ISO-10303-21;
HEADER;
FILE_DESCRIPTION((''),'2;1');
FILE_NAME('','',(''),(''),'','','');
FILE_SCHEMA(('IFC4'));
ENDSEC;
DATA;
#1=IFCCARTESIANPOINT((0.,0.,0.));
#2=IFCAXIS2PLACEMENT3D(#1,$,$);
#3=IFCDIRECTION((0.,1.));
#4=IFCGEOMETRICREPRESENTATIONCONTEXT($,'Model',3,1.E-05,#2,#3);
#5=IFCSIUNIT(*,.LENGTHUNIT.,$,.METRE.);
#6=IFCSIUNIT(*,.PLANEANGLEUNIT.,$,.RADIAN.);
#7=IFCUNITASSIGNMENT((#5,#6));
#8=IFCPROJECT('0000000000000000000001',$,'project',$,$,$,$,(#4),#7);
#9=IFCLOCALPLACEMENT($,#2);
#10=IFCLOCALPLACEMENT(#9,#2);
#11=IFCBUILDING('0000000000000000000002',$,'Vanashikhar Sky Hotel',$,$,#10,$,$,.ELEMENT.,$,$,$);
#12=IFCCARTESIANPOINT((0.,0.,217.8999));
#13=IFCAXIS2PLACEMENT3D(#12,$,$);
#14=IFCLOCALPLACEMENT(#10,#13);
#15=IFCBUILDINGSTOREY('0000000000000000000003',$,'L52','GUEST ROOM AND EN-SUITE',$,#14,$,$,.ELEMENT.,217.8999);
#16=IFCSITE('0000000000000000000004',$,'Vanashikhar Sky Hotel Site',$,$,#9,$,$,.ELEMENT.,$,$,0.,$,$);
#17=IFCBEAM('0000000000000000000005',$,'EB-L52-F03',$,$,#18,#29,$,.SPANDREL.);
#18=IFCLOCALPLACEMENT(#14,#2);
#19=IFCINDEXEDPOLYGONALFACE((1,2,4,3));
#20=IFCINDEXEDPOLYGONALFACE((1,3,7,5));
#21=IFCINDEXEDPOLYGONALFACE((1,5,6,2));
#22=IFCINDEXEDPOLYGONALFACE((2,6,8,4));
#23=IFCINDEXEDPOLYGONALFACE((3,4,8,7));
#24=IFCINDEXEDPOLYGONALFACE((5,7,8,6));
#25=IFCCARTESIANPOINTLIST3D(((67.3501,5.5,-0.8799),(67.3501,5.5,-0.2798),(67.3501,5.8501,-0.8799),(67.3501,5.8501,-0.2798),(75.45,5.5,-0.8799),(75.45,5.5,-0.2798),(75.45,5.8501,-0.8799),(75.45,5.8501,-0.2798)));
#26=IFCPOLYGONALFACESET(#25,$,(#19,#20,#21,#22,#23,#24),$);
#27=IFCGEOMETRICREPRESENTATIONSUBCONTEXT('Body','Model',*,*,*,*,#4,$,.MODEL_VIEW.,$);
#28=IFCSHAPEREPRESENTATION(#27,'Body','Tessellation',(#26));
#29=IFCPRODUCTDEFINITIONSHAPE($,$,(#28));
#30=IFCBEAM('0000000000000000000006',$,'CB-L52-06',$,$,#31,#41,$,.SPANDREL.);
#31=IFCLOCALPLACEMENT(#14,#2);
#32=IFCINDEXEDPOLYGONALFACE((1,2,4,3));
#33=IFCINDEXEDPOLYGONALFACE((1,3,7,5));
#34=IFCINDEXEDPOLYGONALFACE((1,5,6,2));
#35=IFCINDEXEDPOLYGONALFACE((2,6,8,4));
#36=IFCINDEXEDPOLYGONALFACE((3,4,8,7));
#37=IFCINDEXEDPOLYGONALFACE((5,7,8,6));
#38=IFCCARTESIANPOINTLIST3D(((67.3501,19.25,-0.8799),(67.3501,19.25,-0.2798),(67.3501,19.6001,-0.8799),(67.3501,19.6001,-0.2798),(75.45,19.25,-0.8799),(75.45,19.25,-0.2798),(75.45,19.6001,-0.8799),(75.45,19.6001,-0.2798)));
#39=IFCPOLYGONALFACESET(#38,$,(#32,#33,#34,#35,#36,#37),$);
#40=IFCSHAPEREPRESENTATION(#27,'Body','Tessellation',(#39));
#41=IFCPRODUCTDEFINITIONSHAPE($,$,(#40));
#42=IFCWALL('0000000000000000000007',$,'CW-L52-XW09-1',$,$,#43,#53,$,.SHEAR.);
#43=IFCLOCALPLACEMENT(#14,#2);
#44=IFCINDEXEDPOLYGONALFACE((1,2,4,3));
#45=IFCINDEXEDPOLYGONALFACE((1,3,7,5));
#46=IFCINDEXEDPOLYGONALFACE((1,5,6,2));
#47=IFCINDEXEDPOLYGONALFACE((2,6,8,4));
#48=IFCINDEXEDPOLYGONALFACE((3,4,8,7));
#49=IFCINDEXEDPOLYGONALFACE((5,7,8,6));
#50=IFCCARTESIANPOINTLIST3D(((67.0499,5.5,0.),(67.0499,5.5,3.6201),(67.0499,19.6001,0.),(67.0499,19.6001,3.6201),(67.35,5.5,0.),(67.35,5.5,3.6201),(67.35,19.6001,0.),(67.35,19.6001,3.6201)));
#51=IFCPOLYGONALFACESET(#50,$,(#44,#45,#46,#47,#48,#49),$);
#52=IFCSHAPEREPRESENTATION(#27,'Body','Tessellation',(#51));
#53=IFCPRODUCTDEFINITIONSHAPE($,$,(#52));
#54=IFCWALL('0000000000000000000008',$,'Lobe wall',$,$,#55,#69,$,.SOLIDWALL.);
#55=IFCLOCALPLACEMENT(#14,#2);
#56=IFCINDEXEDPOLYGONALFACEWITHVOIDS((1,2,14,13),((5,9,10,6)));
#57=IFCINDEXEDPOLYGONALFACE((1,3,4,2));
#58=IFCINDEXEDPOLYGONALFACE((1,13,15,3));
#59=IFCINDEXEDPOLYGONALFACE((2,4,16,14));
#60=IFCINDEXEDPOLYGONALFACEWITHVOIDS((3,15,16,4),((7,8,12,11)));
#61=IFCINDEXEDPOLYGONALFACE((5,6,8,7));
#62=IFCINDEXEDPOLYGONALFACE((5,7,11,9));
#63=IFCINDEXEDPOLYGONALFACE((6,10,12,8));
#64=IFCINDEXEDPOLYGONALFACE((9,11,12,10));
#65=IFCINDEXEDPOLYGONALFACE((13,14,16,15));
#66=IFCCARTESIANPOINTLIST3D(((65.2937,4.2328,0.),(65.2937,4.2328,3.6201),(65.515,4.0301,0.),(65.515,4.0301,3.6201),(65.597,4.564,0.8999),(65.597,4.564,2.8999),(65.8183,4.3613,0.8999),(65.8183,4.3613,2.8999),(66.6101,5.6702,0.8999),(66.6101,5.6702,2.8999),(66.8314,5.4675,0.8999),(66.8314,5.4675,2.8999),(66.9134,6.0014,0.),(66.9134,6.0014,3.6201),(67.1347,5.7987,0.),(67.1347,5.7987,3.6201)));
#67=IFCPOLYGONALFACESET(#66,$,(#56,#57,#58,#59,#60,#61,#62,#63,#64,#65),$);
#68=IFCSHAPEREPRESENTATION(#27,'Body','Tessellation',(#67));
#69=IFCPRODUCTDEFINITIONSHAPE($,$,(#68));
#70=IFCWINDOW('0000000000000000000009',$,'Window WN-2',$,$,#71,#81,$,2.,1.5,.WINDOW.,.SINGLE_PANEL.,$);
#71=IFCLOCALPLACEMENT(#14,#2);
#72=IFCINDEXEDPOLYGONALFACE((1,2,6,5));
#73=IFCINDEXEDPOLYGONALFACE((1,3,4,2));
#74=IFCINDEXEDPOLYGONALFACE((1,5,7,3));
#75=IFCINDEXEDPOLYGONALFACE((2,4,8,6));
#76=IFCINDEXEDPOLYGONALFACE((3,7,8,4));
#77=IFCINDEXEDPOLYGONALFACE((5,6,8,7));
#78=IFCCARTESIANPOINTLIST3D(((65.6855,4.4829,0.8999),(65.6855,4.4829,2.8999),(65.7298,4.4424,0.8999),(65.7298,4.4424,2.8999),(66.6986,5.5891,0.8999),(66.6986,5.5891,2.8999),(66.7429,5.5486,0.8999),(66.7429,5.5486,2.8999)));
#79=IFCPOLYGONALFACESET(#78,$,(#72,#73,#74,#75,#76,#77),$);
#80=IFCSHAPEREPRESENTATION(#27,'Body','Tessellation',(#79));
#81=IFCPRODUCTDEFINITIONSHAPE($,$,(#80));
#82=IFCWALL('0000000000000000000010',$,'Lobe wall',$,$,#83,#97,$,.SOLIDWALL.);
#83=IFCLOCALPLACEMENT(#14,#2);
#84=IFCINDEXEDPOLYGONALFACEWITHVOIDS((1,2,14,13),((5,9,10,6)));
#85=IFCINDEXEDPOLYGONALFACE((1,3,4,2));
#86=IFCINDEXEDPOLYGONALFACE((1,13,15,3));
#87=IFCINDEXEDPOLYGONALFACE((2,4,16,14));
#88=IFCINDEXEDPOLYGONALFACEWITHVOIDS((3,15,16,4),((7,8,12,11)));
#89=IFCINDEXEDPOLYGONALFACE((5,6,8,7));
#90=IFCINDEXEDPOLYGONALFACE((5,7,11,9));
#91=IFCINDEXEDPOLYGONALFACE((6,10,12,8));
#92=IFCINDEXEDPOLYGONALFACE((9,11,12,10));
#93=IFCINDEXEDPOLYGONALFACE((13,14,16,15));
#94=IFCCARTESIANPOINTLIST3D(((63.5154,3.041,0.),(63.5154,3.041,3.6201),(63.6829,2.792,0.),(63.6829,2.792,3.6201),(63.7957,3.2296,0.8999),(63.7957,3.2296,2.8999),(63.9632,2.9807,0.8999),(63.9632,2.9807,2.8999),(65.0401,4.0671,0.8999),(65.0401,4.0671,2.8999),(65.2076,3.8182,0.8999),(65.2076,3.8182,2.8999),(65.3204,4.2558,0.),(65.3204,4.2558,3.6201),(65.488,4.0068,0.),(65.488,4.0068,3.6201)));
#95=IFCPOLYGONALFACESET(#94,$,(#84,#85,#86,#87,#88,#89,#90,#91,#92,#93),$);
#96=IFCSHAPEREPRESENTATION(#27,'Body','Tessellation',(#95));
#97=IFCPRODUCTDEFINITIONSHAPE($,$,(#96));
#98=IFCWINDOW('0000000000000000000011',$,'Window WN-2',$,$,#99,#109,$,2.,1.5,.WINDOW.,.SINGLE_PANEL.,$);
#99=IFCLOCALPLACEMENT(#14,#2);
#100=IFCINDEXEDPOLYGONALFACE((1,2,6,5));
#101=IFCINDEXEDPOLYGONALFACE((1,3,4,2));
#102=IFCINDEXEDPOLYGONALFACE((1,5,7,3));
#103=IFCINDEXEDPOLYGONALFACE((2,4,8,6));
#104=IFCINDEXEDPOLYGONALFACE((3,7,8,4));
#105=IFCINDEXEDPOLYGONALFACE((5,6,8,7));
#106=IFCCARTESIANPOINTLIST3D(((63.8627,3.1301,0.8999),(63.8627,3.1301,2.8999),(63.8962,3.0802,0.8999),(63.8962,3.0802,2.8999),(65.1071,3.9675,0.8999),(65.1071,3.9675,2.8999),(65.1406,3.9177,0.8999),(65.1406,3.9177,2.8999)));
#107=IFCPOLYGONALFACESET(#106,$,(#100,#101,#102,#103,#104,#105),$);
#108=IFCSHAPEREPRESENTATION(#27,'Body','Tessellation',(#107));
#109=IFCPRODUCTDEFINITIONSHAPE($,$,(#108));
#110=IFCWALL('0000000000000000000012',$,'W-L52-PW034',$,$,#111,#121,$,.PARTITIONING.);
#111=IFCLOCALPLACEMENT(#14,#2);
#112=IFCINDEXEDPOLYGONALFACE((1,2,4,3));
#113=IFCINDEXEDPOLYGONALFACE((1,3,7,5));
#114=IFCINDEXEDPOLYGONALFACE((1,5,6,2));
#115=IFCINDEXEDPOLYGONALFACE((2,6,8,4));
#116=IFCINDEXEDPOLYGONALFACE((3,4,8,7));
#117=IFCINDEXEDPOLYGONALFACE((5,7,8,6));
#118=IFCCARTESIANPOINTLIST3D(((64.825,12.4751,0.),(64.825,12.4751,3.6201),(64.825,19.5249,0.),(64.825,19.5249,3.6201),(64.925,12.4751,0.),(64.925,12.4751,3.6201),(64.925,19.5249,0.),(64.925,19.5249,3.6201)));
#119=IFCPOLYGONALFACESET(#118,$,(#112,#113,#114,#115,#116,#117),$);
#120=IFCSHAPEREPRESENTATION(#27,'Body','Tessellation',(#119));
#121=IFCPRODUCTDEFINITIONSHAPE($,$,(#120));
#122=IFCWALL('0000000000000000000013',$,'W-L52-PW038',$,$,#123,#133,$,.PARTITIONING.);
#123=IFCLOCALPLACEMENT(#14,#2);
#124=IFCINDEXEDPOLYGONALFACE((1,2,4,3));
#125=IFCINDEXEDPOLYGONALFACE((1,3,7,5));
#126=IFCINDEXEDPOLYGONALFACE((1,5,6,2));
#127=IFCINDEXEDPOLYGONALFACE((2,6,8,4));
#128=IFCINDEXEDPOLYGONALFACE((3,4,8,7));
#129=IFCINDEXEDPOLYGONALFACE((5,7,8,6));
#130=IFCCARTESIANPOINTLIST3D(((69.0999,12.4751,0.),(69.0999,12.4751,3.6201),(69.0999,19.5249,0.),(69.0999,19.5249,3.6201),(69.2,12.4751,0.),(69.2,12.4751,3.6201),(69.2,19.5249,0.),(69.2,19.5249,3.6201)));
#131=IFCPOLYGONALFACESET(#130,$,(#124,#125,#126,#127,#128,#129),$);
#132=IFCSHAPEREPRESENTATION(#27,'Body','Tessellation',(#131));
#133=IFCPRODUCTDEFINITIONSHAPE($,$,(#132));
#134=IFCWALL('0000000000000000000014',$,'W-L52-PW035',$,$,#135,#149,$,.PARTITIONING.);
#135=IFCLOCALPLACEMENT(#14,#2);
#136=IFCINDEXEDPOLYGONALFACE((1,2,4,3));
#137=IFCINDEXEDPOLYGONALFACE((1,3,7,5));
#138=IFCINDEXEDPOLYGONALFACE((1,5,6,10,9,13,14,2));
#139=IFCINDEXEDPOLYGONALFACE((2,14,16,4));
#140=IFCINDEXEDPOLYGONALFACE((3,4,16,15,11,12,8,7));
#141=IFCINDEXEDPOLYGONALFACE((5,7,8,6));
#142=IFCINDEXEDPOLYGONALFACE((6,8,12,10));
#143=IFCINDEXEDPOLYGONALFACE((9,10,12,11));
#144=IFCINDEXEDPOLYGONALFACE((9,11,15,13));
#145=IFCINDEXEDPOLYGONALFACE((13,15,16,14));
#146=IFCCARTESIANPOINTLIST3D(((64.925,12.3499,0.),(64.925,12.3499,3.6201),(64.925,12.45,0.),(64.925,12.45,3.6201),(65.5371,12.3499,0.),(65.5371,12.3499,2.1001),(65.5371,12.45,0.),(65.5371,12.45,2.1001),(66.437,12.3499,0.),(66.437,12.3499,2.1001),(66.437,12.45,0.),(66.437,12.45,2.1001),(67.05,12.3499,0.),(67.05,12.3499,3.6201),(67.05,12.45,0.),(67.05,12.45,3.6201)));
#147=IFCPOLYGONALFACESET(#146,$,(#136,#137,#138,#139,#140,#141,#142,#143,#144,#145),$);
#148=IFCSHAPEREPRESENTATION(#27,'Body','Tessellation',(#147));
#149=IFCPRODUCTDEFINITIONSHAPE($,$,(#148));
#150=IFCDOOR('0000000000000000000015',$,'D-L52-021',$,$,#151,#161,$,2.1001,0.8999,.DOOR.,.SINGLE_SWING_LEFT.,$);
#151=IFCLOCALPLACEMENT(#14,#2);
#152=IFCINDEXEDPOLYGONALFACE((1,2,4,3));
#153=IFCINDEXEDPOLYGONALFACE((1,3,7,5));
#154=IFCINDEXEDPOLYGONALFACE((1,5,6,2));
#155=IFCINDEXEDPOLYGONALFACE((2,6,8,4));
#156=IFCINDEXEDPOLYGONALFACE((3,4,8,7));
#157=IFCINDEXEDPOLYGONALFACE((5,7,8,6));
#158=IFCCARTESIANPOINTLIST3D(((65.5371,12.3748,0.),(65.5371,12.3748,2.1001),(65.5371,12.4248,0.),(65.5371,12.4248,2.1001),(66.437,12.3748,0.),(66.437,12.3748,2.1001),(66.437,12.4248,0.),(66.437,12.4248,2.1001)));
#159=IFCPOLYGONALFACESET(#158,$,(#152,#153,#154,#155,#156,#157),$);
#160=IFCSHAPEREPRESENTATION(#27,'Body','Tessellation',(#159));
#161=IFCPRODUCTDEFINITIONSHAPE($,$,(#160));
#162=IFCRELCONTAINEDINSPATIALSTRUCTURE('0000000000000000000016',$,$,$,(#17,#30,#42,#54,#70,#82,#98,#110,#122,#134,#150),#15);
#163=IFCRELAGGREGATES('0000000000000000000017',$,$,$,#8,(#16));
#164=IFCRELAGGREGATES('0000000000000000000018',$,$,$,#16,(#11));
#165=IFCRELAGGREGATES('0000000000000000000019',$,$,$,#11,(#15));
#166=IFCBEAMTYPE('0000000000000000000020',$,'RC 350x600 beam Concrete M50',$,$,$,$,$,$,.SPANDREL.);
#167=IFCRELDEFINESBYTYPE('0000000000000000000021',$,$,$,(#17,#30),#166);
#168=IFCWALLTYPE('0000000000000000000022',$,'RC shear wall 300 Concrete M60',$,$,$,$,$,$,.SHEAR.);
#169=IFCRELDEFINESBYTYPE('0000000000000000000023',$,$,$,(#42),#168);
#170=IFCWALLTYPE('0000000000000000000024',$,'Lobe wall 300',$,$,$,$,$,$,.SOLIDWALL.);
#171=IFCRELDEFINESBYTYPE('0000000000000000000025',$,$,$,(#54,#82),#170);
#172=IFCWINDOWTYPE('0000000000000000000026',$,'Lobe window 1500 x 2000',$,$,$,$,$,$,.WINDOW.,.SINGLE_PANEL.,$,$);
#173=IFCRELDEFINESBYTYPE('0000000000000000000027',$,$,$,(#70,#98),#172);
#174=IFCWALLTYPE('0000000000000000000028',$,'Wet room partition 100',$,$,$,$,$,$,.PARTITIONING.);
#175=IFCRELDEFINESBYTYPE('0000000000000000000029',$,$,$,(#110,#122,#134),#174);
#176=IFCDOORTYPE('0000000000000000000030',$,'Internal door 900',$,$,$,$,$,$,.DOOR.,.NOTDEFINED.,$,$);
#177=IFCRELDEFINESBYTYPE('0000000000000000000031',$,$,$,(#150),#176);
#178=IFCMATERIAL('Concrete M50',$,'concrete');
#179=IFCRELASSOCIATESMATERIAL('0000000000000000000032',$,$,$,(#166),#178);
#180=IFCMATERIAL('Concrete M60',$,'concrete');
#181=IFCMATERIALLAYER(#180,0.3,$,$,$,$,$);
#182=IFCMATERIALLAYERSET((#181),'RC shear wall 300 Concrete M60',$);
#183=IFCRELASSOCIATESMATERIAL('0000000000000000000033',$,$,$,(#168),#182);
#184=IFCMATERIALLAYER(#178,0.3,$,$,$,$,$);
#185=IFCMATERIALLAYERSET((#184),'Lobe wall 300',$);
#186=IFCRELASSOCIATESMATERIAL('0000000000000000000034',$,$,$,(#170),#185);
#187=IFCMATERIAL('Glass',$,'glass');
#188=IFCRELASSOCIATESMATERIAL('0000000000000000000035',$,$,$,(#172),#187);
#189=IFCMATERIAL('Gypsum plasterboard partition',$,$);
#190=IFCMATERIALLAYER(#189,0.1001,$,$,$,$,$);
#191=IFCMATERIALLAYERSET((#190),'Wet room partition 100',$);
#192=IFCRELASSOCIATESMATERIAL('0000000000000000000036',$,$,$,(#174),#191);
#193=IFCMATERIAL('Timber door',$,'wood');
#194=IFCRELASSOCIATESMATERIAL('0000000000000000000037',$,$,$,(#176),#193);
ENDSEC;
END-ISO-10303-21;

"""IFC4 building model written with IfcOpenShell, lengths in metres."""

from ifc_helpers import new_model, si_unit, direction, frame, frame_2d, origin, origin_2d, place, context, subcontext, project, spatial, rectangle, extrude, source, transform, mapped, material, layer, layer_set, material_profile, profile_set, type_object, element, fill, save


model = new_model("IFC4")

# Units and contexts
model_context = context("Model", 3, precision=1e-05, world=origin(), true_north=direction((0.0, 1.0)))
body_context = subcontext(model_context, "Body", "Model", "MODEL_VIEW")
ifc_project = project(units=[si_unit("LENGTHUNIT", "METRE"), si_unit("PLANEANGLEUNIT", "RADIAN")], contexts=[model_context])

# Site, building, storey
site_placement = place(None, origin())
site = spatial("IfcSite", under=ifc_project, at=site_placement, Name="Vanashikhar Sky Hotel Site", CompositionType="ELEMENT", RefElevation=0.0)
building_placement = place(site_placement, origin())
building = spatial("IfcBuilding", under=site, at=building_placement, Name="Vanashikhar Sky Hotel", CompositionType="ELEMENT")
storey_placement = place(building_placement, frame((0.0, 0.0, 217.8999)))
storey = spatial("IfcBuildingStorey", under=building, at=storey_placement, Name="L52", Description="GUEST ROOM AND EN-SUITE", CompositionType="ELEMENT", Elevation=217.8999)

# Beams
ifc_material_1 = material(Name="Concrete M50", Category="concrete")
ifc_material_profile_1 = material_profile(ifc_material_1, rectangle(XDim=0.3501, YDim=0.6001, at=origin_2d()))
ifc_profile_set_1 = profile_set([ifc_material_profile_1], Name="RC 350x600 beam Concrete M50")
beam_type = type_object("IfcBeamType", Name="RC 350x600 beam Concrete M50", PredefinedType="SPANDREL", material=ifc_profile_set_1)
shared_shape_1 = source(origin(), body_context, "Body", "SweptSolid", [
    extrude(rectangle(XDim=0.3501, YDim=0.6001, at=origin_2d()), origin(), (0.0, 0.0, 1.0), 8.0999),
])
for number, where, z_axis, x_axis, name in (
    (1, (67.3501, 5.675, -0.5798), (1.0, 0.0, 0.0), (0.0, 1.0, 0.0), "EB-L52-F03"),
    (2, (67.3501, 19.425, -0.5798), (1.0, 0.0, 0.0), (0.0, 1.0, 0.0), "CB-L52-06"),
):
    element("IfcBeam", number, at=place(storey_placement, frame(where, z_axis=z_axis, x_axis=x_axis)), inside=storey, type_object=beam_type, Name=name, PredefinedType="SPANDREL", context=body_context, shape_type="MappedRepresentation", body=[
        mapped(shared_shape_1, transform((0.0, 0.0, 0.0), scale=1.0)),
    ])

# Wall
ifc_material_2 = material(Name="Concrete M60", Category="concrete")
ifc_layer_1 = layer(ifc_material_2, 0.3)
ifc_layer_set_1 = layer_set([ifc_layer_1], Name="RC shear wall 300 Concrete M60")
wall_type_1 = type_object("IfcWallType", Name="RC shear wall 300 Concrete M60", PredefinedType="SHEAR", material=ifc_layer_set_1)
shared_shape_2 = source(origin(), body_context, "Body", "SweptSolid", [
    extrude(rectangle(XDim=14.1001, YDim=0.3, at=frame_2d((7.05, 0.0))), origin(), (0.0, 0.0, 1.0), 3.6201),
])
wall_1_placement = place(storey_placement, frame((67.2, 5.5, 0.0), z_axis=(0.0, 0.0, 1.0), x_axis=(0.0, 1.0, 0.0)))
element("IfcWall", 3, at=wall_1_placement, inside=storey, type_object=wall_type_1, Name="CW-L52-XW09-1", PredefinedType="SHEAR", context=body_context, shape_type="MappedRepresentation", body=[
    mapped(shared_shape_2, transform((0.0, 0.0, 0.0), scale=1.0)),
])

# Shared definitions
ifc_material_3 = material(Name="Glass", Category="glass")

# Walls, openings, windows
ifc_layer_2 = layer(ifc_material_1, 0.3)
ifc_layer_set_2 = layer_set([ifc_layer_2], Name="Lobe wall 300")
wall_type_2 = type_object("IfcWallType", Name="Lobe wall 300", PredefinedType="SOLIDWALL", material=ifc_layer_set_2)
shared_shape_3 = source(origin(), body_context, "Body", "SweptSolid", [
    extrude(rectangle(XDim=2.3982, YDim=0.3, at=frame_2d((1.1992, 0.0))), origin(), (0.0, 0.0, 1.0), 3.6201),
])
wall_2_placement = place(storey_placement, frame((65.4043, 4.1313, 0.0), z_axis=(0.0, 0.0, 1.0), x_axis=(0.675374, 0.737475, 0.0)))
wall_2 = element("IfcWall", 4, at=wall_2_placement, inside=storey, type_object=wall_type_2, Name="Lobe wall", PredefinedType="SOLIDWALL", context=body_context, shape_type="MappedRepresentation", body=[
    mapped(shared_shape_3, transform((0.0, 0.0, 0.0), scale=1.0)),
])
shared_shape_4 = source(origin(), body_context, "Body", "SweptSolid", [
    extrude(rectangle(XDim=1.5, YDim=2.0, at=frame_2d((0.75, 1.0))), frame((0.0, 0.1602, 0.0), z_axis=(0.0, -1.0, 0.0), x_axis=(1.0, 0.0, 0.0)), (0.0, 0.0, 1.0), 0.3201),
])
opening_1_placement = place(wall_2_placement, frame((0.4492, 0.0, 0.8999)))
opening_1 = element("IfcOpeningElement", 5, at=opening_1_placement, cuts=wall_2, PredefinedType="OPENING", context=body_context, shape_type="MappedRepresentation", body=[
    mapped(shared_shape_4, transform((0.0, 0.0, 0.0), scale=1.0)),
])
window_type_1 = type_object("IfcWindowType", Name="Lobe window 1500 x 2000", PartitioningType="SINGLE_PANEL", PredefinedType="WINDOW", material=ifc_material_3)
shared_shape_5 = source(origin(), body_context, "Body", "SweptSolid", [
    extrude(rectangle(XDim=1.5, YDim=2.0, at=frame_2d((0.75, 1.0))), frame((0.0, 0.03, 0.0), z_axis=(0.0, -1.0, 0.0), x_axis=(1.0, 0.0, 0.0)), (0.0, 0.0, 1.0), 0.0601),
])
window_1_placement = place(opening_1_placement, origin())
window_1 = element("IfcWindow", 6, at=window_1_placement, inside=storey, type_object=window_type_1, Name="Window WN-2", OverallHeight=2.0, OverallWidth=1.5, PartitioningType="SINGLE_PANEL", PredefinedType="WINDOW", context=body_context, shape_type="MappedRepresentation", body=[
    mapped(shared_shape_5, transform((0.0, 0.0, 0.0), scale=1.0)),
])
fill(opening_1, window_1)
shared_shape_6 = source(origin(), body_context, "Body", "SweptSolid", [
    extrude(rectangle(XDim=2.1758, YDim=0.3, at=frame_2d((1.0879, 0.0))), origin(), (0.0, 0.0, 1.0), 3.6201),
])
wall_3_placement = place(storey_placement, frame((63.5991, 2.9165, 0.0), z_axis=(0.0, 0.0, 1.0), x_axis=(0.829626, 0.55832, 0.0)))
wall_3 = element("IfcWall", 7, at=wall_3_placement, inside=storey, type_object=wall_type_2, Name="Lobe wall", PredefinedType="SOLIDWALL", context=body_context, shape_type="MappedRepresentation", body=[
    mapped(shared_shape_6, transform((0.0, 0.0, 0.0), scale=1.0)),
])
opening_2_placement = place(wall_3_placement, frame((0.3379, 0.0, 0.8999)))
opening_2 = element("IfcOpeningElement", 8, at=opening_2_placement, cuts=wall_3, PredefinedType="OPENING", context=body_context, shape_type="MappedRepresentation", body=[
    mapped(shared_shape_4, transform((0.0, 0.0, 0.0), scale=1.0)),
])
window_2_placement = place(opening_2_placement, origin())
window_2 = element("IfcWindow", 9, at=window_2_placement, inside=storey, type_object=window_type_1, Name="Window WN-2", OverallHeight=2.0, OverallWidth=1.5, PartitioningType="SINGLE_PANEL", PredefinedType="WINDOW", context=body_context, shape_type="MappedRepresentation", body=[
    mapped(shared_shape_5, transform((0.0, 0.0, 0.0), scale=1.0)),
])
fill(opening_2, window_2)

# Walls
ifc_material_4 = material(Name="Gypsum plasterboard partition")
ifc_layer_3 = layer(ifc_material_4, 0.1001)
ifc_layer_set_3 = layer_set([ifc_layer_3], Name="Wet room partition 100")
wall_type_3 = type_object("IfcWallType", Name="Wet room partition 100", PredefinedType="PARTITIONING", material=ifc_layer_set_3)
shared_shape_7 = source(origin(), body_context, "Body", "SweptSolid", [
    extrude(rectangle(XDim=7.0498, YDim=0.1001, at=frame_2d((3.5249, 0.0))), origin(), (0.0, 0.0, 1.0), 3.6201),
])
for number, where, z_axis, x_axis, name in (
    (10, (64.875, 12.4751, 0.0), (0.0, 0.0, 1.0), (0.0, 1.0, 0.0), "W-L52-PW034"),
    (11, (69.1499, 12.4751, 0.0), (0.0, 0.0, 1.0), (0.0, 1.0, 0.0), "W-L52-PW038"),
):
    element("IfcWall", number, at=place(storey_placement, frame(where, z_axis=z_axis, x_axis=x_axis)), inside=storey, type_object=wall_type_3, Name=name, PredefinedType="PARTITIONING", context=body_context, shape_type="MappedRepresentation", body=[
        mapped(shared_shape_7, transform((0.0, 0.0, 0.0), scale=1.0)),
    ])

# Wall, opening, door
shared_shape_8 = source(origin(), body_context, "Body", "SweptSolid", [
    extrude(rectangle(XDim=2.125, YDim=0.1001, at=frame_2d((1.0625, 0.0))), origin(), (0.0, 0.0, 1.0), 3.6201),
])
wall_4_placement = place(storey_placement, frame((64.925, 12.3999, 0.0), z_axis=(0.0, 0.0, 1.0), x_axis=(1.0, 0.0, 0.0)))
wall_4 = element("IfcWall", 12, at=wall_4_placement, inside=storey, type_object=wall_type_3, Name="W-L52-PW035", PredefinedType="PARTITIONING", context=body_context, shape_type="MappedRepresentation", body=[
    mapped(shared_shape_8, transform((0.0, 0.0, 0.0), scale=1.0)),
])
shared_shape_9 = source(origin(), body_context, "Body", "SweptSolid", [
    extrude(rectangle(XDim=0.8999, YDim=2.1001, at=frame_2d((0.45, 1.05))), frame((0.0, 0.0601, 0.0), z_axis=(0.0, -1.0, 0.0), x_axis=(1.0, 0.0, 0.0)), (0.0, 0.0, 1.0), 0.1201),
])
opening_3_placement = place(wall_4_placement, frame((0.6121, 0.0, 0.0)))
opening_3 = element("IfcOpeningElement", 13, at=opening_3_placement, cuts=wall_4, PredefinedType="OPENING", context=body_context, shape_type="MappedRepresentation", body=[
    mapped(shared_shape_9, transform((0.0, 0.0, 0.0), scale=1.0)),
])
ifc_material_5 = material(Name="Timber door", Category="wood")
door_type_1 = type_object("IfcDoorType", Name="Internal door 900", OperationType="NOTDEFINED", PredefinedType="DOOR", material=ifc_material_5)
shared_shape_10 = source(origin(), body_context, "Body", "SweptSolid", [
    extrude(rectangle(XDim=0.8999, YDim=2.1001, at=frame_2d((0.45, 1.05))), frame((0.0, 0.0249, 0.0), z_axis=(0.0, -1.0, 0.0), x_axis=(1.0, 0.0, 0.0)), (0.0, 0.0, 1.0), 0.05),
])
door_1_placement = place(opening_3_placement, origin())
door_1 = element("IfcDoor", 14, at=door_1_placement, inside=storey, type_object=door_type_1, Name="D-L52-021", OperationType="SINGLE_SWING_LEFT", OverallHeight=2.1001, OverallWidth=0.8999, PredefinedType="DOOR", context=body_context, shape_type="MappedRepresentation", body=[
    mapped(shared_shape_10, transform((0.0, 0.0, 0.0), scale=1.0)),
])
fill(opening_3, door_1)

save(model, "model.ifc")
